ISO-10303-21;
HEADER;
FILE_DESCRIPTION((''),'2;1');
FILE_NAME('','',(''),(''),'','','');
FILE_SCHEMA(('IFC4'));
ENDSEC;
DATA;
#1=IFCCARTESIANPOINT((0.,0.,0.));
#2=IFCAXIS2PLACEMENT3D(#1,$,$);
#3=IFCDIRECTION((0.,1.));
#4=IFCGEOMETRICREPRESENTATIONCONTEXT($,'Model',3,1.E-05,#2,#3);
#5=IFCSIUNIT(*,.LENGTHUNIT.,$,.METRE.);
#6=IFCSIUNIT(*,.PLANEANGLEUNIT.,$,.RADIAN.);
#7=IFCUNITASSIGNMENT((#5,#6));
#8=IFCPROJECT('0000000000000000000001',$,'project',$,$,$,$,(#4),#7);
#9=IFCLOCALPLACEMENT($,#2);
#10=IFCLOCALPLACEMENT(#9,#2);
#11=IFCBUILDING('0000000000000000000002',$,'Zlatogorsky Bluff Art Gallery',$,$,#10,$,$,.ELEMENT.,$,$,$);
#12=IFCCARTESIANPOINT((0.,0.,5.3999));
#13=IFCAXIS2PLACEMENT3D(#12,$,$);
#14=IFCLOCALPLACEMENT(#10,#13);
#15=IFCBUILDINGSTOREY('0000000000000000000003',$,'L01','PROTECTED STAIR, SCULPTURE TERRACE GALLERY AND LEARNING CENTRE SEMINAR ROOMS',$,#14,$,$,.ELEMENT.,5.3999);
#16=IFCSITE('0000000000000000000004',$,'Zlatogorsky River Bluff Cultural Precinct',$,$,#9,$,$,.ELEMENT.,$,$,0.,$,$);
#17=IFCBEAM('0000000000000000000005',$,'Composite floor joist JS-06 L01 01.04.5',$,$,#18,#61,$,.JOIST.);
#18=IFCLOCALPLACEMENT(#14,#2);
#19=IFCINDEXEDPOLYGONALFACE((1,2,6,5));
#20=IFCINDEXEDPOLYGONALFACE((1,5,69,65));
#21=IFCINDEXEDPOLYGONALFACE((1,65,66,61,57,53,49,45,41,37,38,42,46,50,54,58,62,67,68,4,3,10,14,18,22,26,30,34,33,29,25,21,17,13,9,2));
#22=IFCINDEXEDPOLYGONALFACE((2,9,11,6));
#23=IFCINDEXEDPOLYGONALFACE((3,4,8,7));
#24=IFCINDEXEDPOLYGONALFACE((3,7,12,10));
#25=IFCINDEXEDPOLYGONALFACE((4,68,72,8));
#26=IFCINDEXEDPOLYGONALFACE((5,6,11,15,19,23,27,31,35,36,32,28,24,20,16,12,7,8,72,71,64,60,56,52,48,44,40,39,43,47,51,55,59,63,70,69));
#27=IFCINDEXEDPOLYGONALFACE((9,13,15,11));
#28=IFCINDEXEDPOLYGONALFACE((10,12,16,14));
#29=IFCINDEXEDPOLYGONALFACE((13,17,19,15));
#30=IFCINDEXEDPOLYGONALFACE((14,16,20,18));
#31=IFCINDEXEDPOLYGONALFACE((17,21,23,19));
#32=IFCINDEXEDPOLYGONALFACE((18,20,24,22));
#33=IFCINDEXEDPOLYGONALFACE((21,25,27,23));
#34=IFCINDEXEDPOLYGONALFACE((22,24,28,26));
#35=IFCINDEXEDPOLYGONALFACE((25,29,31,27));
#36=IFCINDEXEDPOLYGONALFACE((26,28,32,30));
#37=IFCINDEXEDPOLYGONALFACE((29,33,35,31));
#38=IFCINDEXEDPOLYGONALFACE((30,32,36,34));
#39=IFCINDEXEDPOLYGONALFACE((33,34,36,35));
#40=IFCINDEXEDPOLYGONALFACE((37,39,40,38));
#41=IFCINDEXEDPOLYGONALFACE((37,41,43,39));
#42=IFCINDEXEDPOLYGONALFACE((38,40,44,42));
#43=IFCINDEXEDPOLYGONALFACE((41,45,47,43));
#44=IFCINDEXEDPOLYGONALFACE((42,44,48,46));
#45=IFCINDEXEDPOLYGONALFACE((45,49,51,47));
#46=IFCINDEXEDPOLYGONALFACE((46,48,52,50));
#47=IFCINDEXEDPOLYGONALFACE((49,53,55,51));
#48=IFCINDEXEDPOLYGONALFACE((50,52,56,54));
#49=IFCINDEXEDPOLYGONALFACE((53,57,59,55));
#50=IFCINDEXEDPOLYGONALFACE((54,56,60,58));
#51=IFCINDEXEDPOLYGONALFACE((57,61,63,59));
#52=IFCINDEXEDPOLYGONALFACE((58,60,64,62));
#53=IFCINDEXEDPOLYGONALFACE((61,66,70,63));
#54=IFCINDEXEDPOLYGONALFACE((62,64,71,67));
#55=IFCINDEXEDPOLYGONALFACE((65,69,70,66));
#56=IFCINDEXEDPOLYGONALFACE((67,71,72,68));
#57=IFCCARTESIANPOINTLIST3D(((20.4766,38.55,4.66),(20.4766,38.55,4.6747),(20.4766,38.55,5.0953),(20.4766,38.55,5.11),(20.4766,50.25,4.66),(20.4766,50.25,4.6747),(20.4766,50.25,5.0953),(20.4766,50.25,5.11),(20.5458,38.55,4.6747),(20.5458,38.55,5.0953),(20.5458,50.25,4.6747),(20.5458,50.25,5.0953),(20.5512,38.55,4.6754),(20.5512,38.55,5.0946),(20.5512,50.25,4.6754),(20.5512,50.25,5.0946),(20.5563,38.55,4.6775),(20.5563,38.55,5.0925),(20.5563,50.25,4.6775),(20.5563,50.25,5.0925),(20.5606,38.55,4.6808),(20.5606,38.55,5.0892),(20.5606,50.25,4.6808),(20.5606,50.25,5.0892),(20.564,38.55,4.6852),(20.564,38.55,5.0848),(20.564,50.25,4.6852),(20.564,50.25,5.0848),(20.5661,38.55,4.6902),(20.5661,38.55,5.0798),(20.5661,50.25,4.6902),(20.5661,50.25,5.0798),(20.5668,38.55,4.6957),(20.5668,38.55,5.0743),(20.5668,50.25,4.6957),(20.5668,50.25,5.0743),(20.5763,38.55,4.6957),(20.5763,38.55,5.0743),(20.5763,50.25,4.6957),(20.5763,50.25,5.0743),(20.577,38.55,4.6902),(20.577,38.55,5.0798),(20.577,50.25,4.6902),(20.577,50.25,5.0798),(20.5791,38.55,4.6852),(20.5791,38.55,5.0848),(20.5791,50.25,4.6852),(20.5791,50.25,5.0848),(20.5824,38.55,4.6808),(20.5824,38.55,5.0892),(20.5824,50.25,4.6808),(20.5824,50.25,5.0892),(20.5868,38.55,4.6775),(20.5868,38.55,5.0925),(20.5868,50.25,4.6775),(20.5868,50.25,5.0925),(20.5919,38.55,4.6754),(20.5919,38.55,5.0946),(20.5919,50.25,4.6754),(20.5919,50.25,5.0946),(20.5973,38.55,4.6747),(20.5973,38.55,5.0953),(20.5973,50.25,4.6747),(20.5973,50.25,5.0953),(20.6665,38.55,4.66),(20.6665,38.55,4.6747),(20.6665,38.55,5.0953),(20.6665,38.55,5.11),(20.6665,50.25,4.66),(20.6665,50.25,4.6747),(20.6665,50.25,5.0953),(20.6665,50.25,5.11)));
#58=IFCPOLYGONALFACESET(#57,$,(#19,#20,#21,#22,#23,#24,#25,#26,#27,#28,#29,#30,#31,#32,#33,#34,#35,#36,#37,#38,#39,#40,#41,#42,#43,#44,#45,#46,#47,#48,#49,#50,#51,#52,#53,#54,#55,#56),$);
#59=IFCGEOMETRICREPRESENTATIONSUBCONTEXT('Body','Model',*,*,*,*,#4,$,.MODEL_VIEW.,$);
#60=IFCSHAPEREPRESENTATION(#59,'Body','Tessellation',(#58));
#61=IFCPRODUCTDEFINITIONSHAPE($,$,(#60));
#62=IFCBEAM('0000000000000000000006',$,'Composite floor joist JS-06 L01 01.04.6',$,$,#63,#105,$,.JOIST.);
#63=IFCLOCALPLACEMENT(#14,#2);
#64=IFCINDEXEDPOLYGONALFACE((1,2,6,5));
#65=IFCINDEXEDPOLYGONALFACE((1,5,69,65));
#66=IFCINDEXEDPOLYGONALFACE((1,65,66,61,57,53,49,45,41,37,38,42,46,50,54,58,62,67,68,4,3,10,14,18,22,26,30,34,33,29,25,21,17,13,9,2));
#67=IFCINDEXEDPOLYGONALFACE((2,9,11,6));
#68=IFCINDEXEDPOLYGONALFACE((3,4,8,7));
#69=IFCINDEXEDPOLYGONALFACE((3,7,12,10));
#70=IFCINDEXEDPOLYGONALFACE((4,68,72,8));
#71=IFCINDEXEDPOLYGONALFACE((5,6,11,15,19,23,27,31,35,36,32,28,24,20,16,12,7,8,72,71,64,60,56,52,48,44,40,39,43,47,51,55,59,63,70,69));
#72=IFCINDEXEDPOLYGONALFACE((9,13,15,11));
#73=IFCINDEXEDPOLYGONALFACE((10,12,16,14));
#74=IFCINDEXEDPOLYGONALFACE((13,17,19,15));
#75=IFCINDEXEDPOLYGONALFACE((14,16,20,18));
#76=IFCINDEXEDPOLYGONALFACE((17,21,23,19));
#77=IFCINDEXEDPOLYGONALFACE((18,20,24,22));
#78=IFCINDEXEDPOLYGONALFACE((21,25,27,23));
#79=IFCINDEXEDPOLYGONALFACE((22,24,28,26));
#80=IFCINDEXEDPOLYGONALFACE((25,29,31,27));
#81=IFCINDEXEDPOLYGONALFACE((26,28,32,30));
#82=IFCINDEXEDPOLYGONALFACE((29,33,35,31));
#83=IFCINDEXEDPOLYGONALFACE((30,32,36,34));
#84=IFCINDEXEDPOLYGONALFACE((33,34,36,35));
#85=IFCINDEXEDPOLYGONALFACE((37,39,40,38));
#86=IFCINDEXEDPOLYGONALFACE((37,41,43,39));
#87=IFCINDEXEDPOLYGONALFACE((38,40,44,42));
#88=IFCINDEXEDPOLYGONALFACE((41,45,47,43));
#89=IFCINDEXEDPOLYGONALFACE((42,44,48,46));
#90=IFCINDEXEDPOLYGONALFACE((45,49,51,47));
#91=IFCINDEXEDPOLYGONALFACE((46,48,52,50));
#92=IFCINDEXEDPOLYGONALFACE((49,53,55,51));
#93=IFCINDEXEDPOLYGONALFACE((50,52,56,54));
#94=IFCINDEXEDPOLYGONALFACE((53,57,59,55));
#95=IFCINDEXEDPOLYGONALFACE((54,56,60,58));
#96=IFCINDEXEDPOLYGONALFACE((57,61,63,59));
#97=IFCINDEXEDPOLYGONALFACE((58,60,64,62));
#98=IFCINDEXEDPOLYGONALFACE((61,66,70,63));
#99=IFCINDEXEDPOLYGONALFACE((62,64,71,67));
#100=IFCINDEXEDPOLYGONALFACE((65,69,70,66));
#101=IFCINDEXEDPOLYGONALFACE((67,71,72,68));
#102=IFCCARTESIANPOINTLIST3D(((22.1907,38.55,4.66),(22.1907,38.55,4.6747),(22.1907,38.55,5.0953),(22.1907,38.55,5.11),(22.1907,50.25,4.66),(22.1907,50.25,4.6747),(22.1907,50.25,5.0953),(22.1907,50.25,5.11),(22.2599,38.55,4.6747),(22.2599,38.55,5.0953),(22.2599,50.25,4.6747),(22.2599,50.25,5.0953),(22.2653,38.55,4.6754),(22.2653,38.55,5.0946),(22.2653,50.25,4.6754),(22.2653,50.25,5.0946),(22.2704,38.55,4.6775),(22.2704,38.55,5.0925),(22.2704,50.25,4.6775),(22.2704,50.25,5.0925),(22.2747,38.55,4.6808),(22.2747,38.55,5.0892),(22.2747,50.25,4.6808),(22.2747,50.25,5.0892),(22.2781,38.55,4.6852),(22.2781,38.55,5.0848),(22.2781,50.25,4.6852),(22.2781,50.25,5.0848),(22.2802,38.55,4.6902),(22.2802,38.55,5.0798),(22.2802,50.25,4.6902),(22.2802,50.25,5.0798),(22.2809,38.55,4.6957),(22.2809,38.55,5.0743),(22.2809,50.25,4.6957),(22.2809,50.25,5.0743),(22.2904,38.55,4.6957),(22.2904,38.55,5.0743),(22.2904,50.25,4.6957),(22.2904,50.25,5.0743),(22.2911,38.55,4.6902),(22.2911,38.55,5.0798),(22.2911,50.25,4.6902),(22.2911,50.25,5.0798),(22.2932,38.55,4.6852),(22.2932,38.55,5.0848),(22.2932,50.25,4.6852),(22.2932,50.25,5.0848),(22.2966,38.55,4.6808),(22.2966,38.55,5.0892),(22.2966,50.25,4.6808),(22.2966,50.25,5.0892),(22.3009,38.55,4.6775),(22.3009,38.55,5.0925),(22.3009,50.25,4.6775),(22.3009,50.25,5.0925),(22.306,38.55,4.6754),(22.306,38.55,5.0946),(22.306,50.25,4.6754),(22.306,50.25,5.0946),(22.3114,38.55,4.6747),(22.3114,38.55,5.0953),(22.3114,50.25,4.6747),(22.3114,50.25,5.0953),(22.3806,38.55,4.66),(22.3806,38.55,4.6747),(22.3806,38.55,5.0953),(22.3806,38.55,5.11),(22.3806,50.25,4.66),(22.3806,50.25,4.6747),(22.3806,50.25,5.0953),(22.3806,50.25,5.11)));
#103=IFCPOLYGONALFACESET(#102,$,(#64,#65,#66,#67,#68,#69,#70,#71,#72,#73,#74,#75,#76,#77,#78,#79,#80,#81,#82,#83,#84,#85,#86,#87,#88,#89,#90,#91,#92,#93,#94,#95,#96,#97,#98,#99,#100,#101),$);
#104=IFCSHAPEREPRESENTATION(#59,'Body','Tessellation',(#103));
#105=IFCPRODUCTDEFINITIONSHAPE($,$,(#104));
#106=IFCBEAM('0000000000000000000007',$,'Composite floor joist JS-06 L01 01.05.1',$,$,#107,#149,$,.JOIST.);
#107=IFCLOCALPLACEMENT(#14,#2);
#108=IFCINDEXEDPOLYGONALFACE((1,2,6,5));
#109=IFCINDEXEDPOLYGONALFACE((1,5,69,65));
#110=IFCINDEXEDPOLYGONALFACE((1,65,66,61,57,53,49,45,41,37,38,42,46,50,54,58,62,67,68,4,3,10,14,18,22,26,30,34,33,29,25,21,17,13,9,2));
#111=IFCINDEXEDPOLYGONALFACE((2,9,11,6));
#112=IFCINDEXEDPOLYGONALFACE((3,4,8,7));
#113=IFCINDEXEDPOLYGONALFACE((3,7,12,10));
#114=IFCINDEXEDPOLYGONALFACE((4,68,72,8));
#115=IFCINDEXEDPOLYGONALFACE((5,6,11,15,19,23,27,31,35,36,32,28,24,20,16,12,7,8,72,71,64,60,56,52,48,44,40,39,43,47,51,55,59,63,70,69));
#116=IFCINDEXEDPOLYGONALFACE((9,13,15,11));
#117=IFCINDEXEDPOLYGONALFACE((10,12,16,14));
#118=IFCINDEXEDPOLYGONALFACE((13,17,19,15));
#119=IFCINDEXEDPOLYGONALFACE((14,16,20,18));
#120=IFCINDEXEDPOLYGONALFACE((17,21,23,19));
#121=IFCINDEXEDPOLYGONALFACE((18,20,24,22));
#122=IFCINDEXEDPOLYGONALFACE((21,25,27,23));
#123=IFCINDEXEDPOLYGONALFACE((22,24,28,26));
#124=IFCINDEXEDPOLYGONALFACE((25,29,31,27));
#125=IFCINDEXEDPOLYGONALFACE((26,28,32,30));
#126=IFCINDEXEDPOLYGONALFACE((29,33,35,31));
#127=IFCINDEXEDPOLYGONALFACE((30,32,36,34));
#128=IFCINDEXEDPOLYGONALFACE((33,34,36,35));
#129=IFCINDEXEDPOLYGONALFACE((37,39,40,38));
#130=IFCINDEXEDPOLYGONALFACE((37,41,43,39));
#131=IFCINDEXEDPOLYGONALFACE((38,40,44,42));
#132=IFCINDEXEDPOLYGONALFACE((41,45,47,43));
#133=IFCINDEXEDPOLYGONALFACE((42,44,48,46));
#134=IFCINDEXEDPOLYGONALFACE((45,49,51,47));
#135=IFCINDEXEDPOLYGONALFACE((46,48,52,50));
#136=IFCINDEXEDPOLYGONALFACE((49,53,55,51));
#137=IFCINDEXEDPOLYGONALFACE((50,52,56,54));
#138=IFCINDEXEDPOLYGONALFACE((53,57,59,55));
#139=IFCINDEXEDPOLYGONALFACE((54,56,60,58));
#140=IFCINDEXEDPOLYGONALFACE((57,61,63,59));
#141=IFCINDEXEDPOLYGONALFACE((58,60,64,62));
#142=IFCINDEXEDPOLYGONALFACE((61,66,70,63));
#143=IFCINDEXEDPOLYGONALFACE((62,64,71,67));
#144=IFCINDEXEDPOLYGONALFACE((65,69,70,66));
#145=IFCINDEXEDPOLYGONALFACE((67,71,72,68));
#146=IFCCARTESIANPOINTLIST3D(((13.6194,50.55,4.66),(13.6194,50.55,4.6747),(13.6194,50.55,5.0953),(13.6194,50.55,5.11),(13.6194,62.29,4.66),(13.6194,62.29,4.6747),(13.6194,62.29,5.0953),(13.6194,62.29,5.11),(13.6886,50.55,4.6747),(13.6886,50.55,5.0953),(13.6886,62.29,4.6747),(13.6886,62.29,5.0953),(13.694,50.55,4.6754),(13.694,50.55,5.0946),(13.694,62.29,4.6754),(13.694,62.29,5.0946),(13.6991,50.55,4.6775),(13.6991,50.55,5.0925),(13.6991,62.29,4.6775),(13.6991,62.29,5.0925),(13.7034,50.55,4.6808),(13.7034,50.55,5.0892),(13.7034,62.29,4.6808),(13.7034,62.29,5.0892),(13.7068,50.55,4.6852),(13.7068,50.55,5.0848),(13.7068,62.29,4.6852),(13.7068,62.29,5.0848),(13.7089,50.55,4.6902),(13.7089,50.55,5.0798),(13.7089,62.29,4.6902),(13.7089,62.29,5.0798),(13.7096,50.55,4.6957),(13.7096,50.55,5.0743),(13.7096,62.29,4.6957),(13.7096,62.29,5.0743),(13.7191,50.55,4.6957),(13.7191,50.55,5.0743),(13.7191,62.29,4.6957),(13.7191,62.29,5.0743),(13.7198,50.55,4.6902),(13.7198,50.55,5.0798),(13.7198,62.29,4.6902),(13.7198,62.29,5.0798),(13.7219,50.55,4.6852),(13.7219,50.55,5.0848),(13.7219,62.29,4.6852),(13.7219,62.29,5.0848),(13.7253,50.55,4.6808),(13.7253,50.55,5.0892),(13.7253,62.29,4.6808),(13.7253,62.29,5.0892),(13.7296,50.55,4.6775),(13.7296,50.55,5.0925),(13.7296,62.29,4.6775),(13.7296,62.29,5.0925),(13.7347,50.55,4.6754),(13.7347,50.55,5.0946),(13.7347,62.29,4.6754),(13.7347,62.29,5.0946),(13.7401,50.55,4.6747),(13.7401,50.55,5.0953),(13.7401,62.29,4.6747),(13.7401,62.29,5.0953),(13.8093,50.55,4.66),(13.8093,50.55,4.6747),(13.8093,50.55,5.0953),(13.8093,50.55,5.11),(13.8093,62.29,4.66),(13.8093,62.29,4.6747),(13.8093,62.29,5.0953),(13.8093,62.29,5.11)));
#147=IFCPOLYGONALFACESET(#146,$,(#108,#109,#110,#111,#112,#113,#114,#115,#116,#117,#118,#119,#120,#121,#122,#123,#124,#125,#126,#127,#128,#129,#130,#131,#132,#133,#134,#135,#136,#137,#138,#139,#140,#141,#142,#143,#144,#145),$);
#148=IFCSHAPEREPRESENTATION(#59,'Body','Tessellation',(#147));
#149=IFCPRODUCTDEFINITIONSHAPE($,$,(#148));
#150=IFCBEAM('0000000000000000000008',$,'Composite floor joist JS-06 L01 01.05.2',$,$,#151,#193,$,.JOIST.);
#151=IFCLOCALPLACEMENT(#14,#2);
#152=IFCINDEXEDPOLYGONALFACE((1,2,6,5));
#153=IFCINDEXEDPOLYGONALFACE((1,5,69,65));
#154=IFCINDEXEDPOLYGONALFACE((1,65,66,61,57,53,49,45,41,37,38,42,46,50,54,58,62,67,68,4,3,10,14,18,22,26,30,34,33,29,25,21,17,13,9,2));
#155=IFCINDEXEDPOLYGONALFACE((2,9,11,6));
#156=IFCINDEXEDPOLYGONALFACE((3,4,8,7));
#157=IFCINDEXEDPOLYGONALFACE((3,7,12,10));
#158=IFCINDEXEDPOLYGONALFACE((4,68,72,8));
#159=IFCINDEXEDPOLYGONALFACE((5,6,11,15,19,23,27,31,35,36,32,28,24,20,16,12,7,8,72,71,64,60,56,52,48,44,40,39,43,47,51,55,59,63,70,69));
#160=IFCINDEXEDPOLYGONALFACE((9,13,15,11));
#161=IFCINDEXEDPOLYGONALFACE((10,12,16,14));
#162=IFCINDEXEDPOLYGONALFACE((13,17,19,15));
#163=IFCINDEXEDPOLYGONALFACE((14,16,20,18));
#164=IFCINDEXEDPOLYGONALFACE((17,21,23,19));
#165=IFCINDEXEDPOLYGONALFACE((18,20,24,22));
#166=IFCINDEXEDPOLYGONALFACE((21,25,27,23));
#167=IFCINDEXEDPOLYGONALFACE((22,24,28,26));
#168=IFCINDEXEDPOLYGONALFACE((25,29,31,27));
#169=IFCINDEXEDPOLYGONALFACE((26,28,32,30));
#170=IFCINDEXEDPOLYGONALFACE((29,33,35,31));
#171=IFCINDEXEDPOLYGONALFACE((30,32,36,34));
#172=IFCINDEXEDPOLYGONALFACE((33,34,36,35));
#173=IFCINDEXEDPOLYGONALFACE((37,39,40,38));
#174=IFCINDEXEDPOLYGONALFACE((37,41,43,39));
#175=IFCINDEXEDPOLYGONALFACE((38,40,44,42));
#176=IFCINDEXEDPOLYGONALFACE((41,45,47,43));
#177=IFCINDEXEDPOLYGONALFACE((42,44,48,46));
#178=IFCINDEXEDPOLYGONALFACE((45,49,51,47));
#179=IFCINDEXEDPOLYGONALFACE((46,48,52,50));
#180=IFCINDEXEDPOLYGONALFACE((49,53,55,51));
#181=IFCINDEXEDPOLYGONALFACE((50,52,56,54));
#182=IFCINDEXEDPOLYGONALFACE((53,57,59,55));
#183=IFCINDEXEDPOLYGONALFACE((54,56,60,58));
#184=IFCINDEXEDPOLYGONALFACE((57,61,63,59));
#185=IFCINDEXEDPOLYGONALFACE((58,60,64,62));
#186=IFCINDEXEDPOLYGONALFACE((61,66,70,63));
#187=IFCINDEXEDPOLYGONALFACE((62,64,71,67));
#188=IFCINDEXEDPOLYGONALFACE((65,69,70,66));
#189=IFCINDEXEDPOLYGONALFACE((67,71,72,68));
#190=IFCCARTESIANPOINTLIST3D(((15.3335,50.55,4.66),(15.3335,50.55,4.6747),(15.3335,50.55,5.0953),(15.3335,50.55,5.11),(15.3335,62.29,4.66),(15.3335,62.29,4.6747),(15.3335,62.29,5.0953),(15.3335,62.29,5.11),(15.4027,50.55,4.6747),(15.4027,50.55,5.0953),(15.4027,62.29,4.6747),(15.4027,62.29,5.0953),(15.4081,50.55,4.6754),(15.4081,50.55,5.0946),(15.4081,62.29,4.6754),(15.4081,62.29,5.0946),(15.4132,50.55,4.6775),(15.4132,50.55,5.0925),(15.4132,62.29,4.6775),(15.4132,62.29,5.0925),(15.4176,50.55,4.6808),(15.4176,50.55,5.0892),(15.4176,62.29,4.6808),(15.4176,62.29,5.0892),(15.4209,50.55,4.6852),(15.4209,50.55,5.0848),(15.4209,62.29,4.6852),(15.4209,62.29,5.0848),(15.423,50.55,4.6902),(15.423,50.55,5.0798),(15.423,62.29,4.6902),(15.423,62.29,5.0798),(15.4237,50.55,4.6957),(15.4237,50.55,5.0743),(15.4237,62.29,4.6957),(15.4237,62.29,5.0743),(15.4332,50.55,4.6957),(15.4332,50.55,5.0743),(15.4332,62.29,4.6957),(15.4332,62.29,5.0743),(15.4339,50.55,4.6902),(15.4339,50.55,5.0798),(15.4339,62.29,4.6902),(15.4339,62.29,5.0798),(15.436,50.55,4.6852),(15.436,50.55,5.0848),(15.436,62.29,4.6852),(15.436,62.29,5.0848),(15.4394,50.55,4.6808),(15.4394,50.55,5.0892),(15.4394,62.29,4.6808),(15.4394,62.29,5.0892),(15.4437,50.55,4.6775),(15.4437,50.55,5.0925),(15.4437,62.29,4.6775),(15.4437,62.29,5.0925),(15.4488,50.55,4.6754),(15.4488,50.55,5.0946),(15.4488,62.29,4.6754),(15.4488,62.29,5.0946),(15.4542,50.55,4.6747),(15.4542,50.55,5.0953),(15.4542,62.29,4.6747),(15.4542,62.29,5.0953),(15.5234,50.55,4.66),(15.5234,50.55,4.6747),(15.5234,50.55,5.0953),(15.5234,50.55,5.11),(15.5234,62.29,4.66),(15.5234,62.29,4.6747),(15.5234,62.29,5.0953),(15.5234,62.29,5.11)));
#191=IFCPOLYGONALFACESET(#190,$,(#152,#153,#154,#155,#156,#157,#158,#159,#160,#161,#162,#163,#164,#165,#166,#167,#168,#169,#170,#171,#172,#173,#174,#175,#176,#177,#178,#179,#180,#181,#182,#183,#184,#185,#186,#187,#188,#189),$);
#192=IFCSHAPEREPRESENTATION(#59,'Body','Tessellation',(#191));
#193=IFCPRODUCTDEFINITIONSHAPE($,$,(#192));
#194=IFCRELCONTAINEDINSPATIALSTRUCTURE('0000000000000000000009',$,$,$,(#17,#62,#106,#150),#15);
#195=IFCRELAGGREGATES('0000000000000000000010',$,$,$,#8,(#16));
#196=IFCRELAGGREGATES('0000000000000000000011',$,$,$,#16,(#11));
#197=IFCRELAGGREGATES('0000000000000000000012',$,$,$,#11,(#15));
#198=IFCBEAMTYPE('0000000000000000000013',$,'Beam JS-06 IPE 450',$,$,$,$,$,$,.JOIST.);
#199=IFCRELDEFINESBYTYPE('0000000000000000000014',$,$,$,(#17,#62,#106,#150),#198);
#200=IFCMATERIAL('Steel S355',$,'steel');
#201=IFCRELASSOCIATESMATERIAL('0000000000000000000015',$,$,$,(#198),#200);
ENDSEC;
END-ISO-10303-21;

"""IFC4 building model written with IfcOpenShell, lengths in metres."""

from ifc_helpers import new_model, si_unit, direction, frame, origin, origin_2d, place, context, subcontext, project, spatial, i_section, extrude, material, material_profile, profile_set, type_object, element, save


model = new_model("IFC4")

# Units and contexts
model_context = context("Model", 3, precision=1e-05, world=origin(), true_north=direction((0.0, 1.0)))
body_context = subcontext(model_context, "Body", "Model", "MODEL_VIEW")
ifc_project = project(units=[si_unit("LENGTHUNIT", "METRE"), si_unit("PLANEANGLEUNIT", "RADIAN")], contexts=[model_context])

# Site, building, storey
site_placement = place(None, origin())
site = spatial("IfcSite", under=ifc_project, at=site_placement, Name="Zlatogorsky River Bluff Cultural Precinct", CompositionType="ELEMENT", RefElevation=0.0)
building_placement = place(site_placement, origin())
building = spatial("IfcBuilding", under=site, at=building_placement, Name="Zlatogorsky Bluff Art Gallery", CompositionType="ELEMENT")
storey_placement = place(building_placement, frame((0.0, 0.0, 5.3999)))
storey = spatial("IfcBuildingStorey", under=building, at=storey_placement, Name="L01", Description="PROTECTED STAIR, SCULPTURE TERRACE GALLERY AND LEARNING CENTRE SEMINAR ROOMS", CompositionType="ELEMENT", Elevation=5.3999)

# Shared definitions
ifc_material_1 = material(Name="Steel S355", Category="steel")

# Beams
ifc_material_profile_1 = material_profile(ifc_material_1, i_section(OverallWidth=0.1899, OverallDepth=0.45, WebThickness=0.0095, FlangeThickness=0.0146, FilletRadius=0.021, at=origin_2d()), Name="IPE 450")
ifc_profile_set_1 = profile_set([ifc_material_profile_1], Name="Steel S355")
beam_type_1 = type_object("IfcBeamType", Name="Beam JS-06 IPE 450", PredefinedType="JOIST", material=ifc_profile_set_1)
for number, where, z_axis, x_axis, name in (
    (1, (20.5715, 38.55, 4.885), (0.0, 1.0, 0.0), (-1.0, 0.0, 0.0), "Composite floor joist JS-06 L01 01.04.5"),
    (2, (22.2856, 38.55, 4.885), (0.0, 1.0, 0.0), (-1.0, 0.0, 0.0), "Composite floor joist JS-06 L01 01.04.6"),
):
    element("IfcBeam", number, at=place(storey_placement, frame(where, z_axis=z_axis, x_axis=x_axis)), inside=storey, type_object=beam_type_1, Name=name, PredefinedType="JOIST", context=body_context, shape_type="SweptSolid", body=[
        extrude(i_section(OverallWidth=0.1899, OverallDepth=0.45, WebThickness=0.0095, FlangeThickness=0.0146, FilletRadius=0.021, at=origin_2d()), origin(), (0.0, 0.0, 1.0), 11.7),
    ])
for number, where, z_axis, x_axis, name in (
    (3, (13.7144, 50.55, 4.885), (0.0, 1.0, 0.0), (-1.0, 0.0, 0.0), "Composite floor joist JS-06 L01 01.05.1"),
    (4, (15.4285, 50.55, 4.885), (0.0, 1.0, 0.0), (-1.0, 0.0, 0.0), "Composite floor joist JS-06 L01 01.05.2"),
):
    element("IfcBeam", number, at=place(storey_placement, frame(where, z_axis=z_axis, x_axis=x_axis)), inside=storey, type_object=beam_type_1, Name=name, PredefinedType="JOIST", context=body_context, shape_type="SweptSolid", body=[
        extrude(i_section(OverallWidth=0.1899, OverallDepth=0.45, WebThickness=0.0095, FlangeThickness=0.0146, FilletRadius=0.021, at=origin_2d()), origin(), (0.0, 0.0, 1.0), 11.74),
    ])

save(model, "model.ifc")
